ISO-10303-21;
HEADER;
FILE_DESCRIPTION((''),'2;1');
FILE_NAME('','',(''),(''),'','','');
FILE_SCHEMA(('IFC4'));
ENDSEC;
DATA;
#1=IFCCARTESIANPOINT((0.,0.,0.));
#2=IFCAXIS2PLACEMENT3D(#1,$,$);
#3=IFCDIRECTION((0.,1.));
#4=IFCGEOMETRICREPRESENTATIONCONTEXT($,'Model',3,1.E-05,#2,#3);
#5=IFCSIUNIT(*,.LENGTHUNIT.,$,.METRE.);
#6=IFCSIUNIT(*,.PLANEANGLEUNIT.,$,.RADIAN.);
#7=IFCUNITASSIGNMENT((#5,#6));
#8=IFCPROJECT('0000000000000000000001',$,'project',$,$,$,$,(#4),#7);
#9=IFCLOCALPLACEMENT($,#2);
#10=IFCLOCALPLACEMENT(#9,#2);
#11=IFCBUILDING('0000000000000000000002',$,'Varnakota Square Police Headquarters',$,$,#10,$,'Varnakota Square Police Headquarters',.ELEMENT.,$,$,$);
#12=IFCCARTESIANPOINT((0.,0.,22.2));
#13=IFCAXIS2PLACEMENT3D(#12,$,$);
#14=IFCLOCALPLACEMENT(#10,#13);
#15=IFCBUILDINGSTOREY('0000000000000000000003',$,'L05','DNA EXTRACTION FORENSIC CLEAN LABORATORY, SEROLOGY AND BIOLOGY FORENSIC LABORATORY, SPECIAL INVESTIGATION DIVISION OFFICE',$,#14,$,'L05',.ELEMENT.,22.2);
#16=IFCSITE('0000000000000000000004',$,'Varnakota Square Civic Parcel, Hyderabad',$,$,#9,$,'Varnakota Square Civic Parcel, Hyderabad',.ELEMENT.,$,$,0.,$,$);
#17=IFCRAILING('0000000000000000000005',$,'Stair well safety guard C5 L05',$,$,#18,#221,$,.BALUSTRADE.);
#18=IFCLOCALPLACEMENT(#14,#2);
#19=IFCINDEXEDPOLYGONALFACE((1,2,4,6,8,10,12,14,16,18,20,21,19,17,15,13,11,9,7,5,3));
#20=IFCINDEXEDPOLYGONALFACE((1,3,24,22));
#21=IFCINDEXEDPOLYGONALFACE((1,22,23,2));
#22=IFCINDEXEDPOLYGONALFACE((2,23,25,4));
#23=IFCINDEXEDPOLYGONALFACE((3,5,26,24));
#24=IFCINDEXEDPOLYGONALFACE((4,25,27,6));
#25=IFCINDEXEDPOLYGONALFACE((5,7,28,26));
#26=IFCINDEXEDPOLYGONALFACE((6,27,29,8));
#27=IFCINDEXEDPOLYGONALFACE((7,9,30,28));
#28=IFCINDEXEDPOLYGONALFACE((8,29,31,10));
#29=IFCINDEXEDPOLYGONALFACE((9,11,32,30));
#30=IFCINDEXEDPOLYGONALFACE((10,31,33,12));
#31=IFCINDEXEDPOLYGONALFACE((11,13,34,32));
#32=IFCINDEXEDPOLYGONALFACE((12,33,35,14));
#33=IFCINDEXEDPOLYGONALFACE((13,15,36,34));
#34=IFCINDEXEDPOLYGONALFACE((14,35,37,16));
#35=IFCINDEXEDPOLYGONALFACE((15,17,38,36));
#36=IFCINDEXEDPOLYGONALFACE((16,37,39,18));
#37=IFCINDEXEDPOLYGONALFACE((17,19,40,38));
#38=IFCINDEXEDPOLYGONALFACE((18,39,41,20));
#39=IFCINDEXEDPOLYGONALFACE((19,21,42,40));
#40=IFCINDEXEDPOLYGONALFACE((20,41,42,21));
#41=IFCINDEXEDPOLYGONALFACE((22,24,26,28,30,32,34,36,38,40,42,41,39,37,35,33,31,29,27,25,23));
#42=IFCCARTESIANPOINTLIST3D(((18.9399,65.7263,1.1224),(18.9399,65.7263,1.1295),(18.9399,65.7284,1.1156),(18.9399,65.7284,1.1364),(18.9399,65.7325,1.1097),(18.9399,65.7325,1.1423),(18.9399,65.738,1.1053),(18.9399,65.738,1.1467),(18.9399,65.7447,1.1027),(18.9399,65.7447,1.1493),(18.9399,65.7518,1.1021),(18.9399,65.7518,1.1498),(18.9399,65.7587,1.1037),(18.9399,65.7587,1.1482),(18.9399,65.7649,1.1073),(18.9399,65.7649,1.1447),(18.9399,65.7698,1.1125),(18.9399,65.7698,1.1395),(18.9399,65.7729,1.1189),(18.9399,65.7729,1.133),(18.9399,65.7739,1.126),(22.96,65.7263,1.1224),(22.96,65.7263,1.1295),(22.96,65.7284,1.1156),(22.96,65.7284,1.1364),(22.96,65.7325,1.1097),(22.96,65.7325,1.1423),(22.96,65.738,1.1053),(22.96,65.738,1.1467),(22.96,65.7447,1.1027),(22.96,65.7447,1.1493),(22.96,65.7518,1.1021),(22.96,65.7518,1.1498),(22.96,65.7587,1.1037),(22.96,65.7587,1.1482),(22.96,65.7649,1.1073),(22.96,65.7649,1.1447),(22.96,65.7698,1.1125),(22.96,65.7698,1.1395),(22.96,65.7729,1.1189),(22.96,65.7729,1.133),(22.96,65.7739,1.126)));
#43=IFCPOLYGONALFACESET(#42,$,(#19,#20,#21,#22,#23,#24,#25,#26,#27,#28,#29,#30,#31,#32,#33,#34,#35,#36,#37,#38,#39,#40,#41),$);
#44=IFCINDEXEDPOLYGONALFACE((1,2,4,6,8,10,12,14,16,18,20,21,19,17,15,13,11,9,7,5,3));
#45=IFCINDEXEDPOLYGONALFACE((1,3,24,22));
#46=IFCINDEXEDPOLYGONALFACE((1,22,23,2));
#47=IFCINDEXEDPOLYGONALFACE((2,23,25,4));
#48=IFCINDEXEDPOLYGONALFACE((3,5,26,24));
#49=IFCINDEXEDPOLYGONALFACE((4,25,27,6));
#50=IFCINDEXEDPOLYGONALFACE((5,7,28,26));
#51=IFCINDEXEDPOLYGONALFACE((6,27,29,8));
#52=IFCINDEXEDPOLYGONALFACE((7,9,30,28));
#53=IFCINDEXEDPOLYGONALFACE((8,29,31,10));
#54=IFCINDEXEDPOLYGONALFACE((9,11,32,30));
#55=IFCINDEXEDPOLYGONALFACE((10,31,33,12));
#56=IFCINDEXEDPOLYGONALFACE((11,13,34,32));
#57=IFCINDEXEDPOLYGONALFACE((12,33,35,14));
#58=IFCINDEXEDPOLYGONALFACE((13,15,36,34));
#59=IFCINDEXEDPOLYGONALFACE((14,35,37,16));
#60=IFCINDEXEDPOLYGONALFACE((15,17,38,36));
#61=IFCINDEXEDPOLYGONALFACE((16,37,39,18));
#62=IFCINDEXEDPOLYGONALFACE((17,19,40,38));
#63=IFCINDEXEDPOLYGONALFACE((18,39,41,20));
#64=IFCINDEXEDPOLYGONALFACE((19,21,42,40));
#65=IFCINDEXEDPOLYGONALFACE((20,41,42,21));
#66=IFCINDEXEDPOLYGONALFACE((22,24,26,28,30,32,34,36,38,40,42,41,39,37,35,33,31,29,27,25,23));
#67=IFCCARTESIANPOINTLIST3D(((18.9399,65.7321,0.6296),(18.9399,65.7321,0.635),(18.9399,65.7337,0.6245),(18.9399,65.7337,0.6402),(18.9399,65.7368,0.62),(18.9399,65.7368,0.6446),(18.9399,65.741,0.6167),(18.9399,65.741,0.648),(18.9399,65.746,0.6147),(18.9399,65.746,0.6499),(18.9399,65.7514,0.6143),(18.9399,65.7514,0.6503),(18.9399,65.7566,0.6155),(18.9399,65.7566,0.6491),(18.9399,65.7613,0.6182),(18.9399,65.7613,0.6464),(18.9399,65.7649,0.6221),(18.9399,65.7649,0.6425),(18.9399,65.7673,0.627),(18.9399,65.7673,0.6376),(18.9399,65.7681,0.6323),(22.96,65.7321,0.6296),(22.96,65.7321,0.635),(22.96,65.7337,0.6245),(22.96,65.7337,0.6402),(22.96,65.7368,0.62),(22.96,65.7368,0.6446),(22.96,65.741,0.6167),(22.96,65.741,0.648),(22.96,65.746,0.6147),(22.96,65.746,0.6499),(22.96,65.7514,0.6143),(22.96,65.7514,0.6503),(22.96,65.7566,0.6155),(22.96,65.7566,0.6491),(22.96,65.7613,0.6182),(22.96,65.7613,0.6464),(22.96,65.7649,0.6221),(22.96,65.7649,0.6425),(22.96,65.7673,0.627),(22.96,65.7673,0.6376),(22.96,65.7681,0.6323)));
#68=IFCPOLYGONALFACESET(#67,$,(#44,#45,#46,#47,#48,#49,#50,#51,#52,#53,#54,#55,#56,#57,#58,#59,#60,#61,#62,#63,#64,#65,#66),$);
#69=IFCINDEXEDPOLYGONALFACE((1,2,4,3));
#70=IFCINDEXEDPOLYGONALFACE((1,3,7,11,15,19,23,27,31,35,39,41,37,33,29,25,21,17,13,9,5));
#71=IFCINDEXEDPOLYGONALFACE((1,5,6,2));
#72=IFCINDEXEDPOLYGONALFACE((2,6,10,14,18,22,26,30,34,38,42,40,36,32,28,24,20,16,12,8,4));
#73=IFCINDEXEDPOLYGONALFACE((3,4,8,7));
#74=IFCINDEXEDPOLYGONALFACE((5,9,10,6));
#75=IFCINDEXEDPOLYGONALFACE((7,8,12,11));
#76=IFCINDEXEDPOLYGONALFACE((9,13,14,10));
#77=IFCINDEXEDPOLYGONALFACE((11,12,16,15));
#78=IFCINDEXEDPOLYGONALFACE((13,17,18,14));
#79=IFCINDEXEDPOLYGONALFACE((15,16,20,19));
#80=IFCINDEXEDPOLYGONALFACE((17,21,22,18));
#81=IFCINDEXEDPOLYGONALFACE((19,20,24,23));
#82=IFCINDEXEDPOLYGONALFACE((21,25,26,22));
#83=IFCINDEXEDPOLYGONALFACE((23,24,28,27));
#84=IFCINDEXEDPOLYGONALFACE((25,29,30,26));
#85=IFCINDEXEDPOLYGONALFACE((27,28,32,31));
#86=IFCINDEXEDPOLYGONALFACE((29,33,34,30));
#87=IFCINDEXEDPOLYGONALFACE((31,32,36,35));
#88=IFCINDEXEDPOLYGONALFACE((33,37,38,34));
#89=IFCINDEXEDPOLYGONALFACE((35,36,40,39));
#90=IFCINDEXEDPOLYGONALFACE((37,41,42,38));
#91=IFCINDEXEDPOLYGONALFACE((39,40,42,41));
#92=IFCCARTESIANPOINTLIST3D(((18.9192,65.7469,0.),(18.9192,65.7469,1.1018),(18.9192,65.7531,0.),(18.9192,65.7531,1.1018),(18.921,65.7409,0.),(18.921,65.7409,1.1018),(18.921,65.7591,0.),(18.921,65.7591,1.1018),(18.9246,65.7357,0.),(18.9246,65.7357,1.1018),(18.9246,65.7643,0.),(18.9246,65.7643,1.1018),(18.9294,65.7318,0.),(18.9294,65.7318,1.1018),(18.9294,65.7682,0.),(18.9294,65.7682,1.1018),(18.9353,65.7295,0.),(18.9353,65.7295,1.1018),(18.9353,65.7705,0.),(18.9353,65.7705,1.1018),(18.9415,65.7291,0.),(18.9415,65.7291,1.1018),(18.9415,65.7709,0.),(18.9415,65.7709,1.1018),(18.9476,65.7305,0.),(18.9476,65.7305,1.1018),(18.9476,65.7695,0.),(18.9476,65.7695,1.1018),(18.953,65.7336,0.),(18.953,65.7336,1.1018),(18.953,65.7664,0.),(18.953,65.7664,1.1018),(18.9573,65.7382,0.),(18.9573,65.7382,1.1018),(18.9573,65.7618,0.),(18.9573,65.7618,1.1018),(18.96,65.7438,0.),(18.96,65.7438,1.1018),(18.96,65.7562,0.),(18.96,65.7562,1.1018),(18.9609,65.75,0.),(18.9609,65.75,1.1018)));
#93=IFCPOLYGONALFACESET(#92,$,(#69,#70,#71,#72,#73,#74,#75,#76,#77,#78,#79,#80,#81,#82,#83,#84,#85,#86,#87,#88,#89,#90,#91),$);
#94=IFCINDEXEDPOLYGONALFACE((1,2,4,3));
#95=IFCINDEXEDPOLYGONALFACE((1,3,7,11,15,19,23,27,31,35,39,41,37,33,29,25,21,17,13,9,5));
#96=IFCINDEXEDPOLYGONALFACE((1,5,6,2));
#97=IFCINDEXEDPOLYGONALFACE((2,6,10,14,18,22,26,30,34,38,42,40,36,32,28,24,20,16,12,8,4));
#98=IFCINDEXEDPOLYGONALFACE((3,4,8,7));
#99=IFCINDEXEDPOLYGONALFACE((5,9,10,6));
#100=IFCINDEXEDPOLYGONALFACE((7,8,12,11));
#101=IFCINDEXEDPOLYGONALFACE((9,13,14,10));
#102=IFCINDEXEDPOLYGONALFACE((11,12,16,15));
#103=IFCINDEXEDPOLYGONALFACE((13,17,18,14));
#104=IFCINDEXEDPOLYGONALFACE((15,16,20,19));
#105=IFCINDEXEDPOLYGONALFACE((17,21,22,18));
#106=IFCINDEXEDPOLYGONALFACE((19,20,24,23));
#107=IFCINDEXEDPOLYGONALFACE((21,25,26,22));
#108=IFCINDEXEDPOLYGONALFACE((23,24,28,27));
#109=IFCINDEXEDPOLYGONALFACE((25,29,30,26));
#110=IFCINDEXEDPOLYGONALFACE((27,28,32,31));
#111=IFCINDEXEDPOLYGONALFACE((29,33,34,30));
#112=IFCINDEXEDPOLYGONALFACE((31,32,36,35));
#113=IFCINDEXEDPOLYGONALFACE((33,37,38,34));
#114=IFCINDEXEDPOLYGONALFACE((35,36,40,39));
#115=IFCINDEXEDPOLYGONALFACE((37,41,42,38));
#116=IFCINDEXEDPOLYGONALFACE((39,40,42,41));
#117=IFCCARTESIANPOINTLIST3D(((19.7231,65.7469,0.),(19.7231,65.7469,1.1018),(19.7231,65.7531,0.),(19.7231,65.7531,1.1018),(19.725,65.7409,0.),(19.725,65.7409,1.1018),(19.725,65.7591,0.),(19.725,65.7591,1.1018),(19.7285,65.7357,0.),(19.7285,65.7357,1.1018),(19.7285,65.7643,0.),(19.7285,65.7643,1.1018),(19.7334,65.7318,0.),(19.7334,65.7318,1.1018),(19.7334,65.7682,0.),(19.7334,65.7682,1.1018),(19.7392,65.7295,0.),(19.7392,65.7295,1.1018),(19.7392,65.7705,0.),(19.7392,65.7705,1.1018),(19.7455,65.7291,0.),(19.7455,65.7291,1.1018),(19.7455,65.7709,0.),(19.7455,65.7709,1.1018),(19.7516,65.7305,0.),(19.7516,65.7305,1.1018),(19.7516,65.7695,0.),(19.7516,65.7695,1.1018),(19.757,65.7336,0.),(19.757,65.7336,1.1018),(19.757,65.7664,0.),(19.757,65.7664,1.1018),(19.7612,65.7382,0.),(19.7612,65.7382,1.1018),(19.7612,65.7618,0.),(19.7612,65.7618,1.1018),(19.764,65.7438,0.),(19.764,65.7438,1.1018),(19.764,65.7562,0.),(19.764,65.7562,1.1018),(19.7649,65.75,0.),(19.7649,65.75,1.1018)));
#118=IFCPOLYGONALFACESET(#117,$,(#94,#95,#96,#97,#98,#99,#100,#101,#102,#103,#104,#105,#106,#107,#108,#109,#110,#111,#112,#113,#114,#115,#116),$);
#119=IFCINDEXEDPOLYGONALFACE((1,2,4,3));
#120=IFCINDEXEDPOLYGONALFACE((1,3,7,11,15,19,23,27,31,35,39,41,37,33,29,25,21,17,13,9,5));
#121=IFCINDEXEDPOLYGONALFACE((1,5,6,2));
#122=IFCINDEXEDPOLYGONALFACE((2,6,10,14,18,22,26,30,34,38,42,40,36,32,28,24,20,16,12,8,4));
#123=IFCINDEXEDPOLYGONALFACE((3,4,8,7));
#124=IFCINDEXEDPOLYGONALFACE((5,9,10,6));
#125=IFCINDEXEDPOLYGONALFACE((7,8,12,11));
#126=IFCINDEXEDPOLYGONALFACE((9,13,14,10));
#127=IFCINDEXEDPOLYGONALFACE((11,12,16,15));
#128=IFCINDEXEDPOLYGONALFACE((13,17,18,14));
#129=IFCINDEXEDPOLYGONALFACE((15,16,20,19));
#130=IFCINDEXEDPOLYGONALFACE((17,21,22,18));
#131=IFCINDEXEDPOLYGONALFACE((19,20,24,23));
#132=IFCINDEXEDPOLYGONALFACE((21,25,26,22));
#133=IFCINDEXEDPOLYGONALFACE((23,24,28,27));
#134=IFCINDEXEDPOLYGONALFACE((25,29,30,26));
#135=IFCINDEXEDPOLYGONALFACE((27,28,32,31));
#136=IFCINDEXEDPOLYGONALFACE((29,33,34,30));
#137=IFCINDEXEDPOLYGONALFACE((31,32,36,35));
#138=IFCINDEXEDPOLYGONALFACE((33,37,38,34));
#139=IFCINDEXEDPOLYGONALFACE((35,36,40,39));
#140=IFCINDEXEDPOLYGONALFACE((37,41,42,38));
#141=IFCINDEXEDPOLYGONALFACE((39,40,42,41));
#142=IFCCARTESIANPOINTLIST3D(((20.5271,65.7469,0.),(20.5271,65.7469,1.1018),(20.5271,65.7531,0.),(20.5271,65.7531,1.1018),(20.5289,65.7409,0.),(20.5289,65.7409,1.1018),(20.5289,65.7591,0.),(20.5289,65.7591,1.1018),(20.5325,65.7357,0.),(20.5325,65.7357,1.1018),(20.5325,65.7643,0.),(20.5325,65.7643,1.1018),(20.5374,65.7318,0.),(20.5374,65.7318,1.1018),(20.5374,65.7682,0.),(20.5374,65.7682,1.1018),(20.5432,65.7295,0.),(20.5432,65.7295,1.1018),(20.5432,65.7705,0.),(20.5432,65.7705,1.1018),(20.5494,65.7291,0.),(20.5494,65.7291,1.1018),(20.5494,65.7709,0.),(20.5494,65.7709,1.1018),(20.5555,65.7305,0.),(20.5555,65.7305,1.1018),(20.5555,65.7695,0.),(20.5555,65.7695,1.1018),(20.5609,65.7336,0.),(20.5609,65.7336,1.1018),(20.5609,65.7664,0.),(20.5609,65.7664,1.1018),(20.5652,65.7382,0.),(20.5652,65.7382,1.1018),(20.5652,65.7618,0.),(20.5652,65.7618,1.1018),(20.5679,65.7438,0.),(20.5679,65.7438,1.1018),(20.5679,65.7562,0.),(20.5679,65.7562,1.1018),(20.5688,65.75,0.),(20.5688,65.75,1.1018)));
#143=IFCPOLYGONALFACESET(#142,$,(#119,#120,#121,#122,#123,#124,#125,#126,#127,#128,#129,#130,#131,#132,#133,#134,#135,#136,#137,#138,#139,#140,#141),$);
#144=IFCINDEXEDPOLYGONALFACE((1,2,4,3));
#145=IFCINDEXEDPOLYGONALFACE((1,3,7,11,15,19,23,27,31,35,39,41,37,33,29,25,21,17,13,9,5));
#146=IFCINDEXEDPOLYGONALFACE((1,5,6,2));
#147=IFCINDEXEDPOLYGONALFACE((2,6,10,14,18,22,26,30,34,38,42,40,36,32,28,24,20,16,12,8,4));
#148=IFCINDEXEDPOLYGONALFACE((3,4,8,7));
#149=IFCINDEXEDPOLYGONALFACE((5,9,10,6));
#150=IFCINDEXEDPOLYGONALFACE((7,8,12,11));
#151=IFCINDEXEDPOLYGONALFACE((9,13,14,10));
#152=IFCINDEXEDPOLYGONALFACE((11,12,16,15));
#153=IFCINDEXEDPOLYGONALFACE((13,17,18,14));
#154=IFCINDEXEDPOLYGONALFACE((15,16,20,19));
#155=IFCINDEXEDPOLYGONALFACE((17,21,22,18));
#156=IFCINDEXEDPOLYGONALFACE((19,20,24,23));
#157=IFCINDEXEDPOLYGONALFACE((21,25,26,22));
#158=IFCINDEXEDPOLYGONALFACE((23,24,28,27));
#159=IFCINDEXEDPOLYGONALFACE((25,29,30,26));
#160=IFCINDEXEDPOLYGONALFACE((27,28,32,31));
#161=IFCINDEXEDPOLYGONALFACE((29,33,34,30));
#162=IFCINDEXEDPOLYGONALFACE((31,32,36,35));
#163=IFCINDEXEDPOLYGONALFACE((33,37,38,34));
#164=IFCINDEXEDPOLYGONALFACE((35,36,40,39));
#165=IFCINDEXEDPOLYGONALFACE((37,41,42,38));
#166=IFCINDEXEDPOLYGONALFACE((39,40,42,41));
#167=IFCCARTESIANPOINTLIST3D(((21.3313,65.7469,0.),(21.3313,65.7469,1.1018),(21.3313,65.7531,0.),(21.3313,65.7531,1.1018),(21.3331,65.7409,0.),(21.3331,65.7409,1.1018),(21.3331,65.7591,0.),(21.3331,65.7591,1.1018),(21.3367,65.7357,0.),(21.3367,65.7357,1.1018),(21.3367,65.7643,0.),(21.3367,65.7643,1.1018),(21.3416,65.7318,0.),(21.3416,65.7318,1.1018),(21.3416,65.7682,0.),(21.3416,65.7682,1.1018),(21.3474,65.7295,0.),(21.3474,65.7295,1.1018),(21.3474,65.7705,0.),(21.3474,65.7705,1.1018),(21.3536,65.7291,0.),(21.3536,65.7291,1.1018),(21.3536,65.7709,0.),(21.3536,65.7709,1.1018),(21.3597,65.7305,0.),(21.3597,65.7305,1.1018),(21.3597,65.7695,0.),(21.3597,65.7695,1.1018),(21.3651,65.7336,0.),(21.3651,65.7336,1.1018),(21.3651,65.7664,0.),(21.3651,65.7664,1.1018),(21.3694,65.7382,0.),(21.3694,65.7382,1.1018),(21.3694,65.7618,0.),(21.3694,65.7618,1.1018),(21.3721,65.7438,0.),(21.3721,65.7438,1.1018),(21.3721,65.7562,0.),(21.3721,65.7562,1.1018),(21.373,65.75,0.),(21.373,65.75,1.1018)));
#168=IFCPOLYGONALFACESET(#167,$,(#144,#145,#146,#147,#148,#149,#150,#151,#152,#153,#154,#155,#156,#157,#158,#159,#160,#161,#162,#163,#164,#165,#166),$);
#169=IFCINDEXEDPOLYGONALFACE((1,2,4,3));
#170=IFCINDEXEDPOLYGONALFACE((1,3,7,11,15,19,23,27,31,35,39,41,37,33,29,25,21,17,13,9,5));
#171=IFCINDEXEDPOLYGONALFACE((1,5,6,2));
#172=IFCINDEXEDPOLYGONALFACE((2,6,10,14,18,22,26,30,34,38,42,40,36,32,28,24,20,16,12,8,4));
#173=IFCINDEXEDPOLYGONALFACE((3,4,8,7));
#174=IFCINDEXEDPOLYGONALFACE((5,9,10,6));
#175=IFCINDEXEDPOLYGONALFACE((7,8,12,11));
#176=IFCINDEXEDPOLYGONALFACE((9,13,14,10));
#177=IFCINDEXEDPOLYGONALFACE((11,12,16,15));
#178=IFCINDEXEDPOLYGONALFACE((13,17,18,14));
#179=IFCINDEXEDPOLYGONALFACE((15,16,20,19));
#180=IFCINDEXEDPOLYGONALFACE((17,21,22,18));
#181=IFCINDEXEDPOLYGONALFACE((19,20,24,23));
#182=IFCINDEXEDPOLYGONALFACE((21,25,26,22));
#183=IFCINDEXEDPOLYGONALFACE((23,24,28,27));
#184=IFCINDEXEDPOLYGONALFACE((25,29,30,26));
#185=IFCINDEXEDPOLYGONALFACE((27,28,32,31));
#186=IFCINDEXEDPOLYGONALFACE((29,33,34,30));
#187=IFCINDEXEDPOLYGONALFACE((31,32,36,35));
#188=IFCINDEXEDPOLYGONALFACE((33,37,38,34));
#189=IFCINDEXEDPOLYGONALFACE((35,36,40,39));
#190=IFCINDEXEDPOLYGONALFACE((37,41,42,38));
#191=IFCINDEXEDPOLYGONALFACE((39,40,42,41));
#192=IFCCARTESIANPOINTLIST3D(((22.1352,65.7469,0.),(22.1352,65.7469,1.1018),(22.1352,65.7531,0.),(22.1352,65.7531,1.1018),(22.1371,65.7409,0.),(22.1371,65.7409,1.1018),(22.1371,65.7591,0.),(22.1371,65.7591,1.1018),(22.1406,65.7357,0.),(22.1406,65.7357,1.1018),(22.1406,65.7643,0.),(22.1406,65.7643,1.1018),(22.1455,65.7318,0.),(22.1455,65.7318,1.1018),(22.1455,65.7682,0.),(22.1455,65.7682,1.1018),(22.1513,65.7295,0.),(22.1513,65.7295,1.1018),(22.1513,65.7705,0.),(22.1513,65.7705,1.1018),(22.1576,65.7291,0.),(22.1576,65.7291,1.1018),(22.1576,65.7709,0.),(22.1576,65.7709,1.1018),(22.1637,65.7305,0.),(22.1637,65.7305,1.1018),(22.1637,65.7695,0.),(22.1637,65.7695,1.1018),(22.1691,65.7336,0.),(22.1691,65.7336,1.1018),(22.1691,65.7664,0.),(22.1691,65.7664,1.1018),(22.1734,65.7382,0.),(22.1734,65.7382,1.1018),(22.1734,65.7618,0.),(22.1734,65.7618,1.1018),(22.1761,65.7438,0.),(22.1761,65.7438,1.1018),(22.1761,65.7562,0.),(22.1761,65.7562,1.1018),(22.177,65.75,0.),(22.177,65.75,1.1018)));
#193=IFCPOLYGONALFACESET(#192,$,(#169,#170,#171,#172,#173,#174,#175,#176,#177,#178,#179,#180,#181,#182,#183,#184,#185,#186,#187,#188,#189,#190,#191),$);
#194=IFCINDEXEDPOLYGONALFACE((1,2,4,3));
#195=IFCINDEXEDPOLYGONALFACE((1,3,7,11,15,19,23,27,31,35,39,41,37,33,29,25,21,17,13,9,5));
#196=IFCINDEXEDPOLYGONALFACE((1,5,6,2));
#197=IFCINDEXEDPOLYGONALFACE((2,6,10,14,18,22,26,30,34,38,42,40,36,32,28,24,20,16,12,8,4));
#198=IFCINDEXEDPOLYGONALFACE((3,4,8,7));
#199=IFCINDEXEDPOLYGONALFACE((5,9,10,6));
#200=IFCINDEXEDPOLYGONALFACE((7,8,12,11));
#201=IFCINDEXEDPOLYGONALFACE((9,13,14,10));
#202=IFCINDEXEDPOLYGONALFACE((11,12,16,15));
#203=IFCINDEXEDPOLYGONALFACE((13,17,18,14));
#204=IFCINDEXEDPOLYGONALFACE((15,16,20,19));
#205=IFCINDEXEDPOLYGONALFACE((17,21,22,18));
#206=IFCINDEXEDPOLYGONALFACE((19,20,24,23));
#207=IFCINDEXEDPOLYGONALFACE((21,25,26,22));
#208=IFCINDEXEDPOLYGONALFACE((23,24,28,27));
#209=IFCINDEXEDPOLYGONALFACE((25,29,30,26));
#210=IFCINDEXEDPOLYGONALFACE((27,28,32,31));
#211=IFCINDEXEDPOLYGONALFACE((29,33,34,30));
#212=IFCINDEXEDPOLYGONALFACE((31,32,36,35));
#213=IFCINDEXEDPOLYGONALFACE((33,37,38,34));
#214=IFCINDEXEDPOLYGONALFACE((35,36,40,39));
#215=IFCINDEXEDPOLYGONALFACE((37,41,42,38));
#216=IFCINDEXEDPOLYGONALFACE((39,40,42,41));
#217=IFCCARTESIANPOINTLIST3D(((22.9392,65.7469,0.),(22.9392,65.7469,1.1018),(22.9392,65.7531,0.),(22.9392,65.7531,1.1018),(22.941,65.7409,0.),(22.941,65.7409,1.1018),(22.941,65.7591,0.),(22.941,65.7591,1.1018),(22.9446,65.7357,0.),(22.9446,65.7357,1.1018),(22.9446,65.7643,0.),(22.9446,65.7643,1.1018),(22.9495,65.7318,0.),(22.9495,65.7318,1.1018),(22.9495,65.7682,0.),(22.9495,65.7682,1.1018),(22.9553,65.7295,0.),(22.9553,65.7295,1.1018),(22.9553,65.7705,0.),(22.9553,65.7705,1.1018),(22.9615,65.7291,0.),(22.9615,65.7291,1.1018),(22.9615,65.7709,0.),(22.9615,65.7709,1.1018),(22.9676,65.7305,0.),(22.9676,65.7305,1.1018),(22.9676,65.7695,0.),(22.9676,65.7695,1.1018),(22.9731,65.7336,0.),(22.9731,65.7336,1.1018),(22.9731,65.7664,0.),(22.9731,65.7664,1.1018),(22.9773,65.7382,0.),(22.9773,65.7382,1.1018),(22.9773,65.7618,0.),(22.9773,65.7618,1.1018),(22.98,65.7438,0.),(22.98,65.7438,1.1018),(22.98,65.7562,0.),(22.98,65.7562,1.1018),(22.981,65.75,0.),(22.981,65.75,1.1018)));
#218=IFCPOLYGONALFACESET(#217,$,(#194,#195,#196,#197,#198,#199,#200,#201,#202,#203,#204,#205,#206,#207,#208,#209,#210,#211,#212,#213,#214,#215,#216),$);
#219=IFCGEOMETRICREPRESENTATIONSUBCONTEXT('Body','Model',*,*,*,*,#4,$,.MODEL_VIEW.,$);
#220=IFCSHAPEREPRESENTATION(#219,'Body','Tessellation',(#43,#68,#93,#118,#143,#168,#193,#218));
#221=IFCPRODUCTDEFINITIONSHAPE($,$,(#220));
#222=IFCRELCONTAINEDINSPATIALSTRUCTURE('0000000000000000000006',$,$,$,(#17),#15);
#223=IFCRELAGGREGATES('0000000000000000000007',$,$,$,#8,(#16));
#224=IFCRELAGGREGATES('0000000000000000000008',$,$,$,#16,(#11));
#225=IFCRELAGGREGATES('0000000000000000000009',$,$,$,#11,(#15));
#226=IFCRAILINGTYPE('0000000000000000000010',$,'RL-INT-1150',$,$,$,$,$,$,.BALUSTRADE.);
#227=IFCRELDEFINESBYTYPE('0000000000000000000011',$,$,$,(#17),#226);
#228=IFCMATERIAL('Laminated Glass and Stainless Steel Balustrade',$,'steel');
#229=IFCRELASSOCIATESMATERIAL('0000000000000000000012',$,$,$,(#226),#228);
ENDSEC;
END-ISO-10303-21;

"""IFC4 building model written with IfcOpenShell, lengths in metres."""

from ifc_helpers import new_model, si_unit, direction, frame, origin, origin_2d, place, context, subcontext, project, spatial, circle, extrude, material, type_object, element, save


model = new_model("IFC4")

# Units and contexts
model_context = context("Model", 3, precision=1e-05, world=origin(), true_north=direction((0.0, 1.0)))
body_context = subcontext(model_context, "Body", "Model", "MODEL_VIEW")
ifc_project = project(units=[si_unit("LENGTHUNIT", "METRE"), si_unit("PLANEANGLEUNIT", "RADIAN")], contexts=[model_context])

# Site, building, storey
site_placement = place(None, origin())
site = spatial("IfcSite", under=ifc_project, at=site_placement, Name="Varnakota Square Civic Parcel, Hyderabad", LongName="Varnakota Square Civic Parcel, Hyderabad", CompositionType="ELEMENT", RefElevation=0.0)
building_placement = place(site_placement, origin())
building = spatial("IfcBuilding", under=site, at=building_placement, Name="Varnakota Square Police Headquarters", LongName="Varnakota Square Police Headquarters", CompositionType="ELEMENT")
storey_placement = place(building_placement, frame((0.0, 0.0, 22.2)))
storey = spatial("IfcBuildingStorey", under=building, at=storey_placement, Name="L05", Description="DNA EXTRACTION FORENSIC CLEAN LABORATORY, SEROLOGY AND BIOLOGY FORENSIC LABORATORY, SPECIAL INVESTIGATION DIVISION OFFICE", LongName="L05", CompositionType="ELEMENT", Elevation=22.2)

# Railing
ifc_material_1 = material(Name="Laminated Glass and Stainless Steel Balustrade", Category="steel")
railing_type = type_object("IfcRailingType", Name="RL-INT-1150", PredefinedType="BALUSTRADE", material=ifc_material_1)
railing_placement = place(storey_placement, frame((18.9399, 65.75, 0.0)))
element("IfcRailing", 1, at=railing_placement, inside=storey, type_object=railing_type, Name="Stair well safety guard C5 L05", PredefinedType="BALUSTRADE", context=body_context, shape_type="SweptSolid", body=[
    extrude(circle(Radius=0.0239, at=origin_2d()), frame((0.0, 0.0, 1.126), z_axis=(1.0, 0.0, 0.0), x_axis=(0.0, 1.0, 0.0)), (0.0, 0.0, 1.0), 4.02),
    extrude(circle(Radius=0.0181, at=origin_2d()), frame((0.0, 0.0, 0.6323), z_axis=(1.0, 0.0, 0.0), x_axis=(0.0, 1.0, 0.0)), (0.0, 0.0, 1.0), 4.02),
    extrude(circle(Radius=0.021, at=origin_2d()), origin(), (0.0, 0.0, 1.0), 1.1018),
    extrude(circle(Radius=0.021, at=origin_2d()), frame((0.804, 0.0, 0.0)), (0.0, 0.0, 1.0), 1.1018),
    extrude(circle(Radius=0.021, at=origin_2d()), frame((1.6079, 0.0, 0.0)), (0.0, 0.0, 1.0), 1.1018),
    extrude(circle(Radius=0.021, at=origin_2d()), frame((2.4121, 0.0, 0.0)), (0.0, 0.0, 1.0), 1.1018),
    extrude(circle(Radius=0.021, at=origin_2d()), frame((3.2161, 0.0, 0.0)), (0.0, 0.0, 1.0), 1.1018),
    extrude(circle(Radius=0.021, at=origin_2d()), frame((4.02, 0.0, 0.0)), (0.0, 0.0, 1.0), 1.1018),
])

save(model, "model.ifc")
